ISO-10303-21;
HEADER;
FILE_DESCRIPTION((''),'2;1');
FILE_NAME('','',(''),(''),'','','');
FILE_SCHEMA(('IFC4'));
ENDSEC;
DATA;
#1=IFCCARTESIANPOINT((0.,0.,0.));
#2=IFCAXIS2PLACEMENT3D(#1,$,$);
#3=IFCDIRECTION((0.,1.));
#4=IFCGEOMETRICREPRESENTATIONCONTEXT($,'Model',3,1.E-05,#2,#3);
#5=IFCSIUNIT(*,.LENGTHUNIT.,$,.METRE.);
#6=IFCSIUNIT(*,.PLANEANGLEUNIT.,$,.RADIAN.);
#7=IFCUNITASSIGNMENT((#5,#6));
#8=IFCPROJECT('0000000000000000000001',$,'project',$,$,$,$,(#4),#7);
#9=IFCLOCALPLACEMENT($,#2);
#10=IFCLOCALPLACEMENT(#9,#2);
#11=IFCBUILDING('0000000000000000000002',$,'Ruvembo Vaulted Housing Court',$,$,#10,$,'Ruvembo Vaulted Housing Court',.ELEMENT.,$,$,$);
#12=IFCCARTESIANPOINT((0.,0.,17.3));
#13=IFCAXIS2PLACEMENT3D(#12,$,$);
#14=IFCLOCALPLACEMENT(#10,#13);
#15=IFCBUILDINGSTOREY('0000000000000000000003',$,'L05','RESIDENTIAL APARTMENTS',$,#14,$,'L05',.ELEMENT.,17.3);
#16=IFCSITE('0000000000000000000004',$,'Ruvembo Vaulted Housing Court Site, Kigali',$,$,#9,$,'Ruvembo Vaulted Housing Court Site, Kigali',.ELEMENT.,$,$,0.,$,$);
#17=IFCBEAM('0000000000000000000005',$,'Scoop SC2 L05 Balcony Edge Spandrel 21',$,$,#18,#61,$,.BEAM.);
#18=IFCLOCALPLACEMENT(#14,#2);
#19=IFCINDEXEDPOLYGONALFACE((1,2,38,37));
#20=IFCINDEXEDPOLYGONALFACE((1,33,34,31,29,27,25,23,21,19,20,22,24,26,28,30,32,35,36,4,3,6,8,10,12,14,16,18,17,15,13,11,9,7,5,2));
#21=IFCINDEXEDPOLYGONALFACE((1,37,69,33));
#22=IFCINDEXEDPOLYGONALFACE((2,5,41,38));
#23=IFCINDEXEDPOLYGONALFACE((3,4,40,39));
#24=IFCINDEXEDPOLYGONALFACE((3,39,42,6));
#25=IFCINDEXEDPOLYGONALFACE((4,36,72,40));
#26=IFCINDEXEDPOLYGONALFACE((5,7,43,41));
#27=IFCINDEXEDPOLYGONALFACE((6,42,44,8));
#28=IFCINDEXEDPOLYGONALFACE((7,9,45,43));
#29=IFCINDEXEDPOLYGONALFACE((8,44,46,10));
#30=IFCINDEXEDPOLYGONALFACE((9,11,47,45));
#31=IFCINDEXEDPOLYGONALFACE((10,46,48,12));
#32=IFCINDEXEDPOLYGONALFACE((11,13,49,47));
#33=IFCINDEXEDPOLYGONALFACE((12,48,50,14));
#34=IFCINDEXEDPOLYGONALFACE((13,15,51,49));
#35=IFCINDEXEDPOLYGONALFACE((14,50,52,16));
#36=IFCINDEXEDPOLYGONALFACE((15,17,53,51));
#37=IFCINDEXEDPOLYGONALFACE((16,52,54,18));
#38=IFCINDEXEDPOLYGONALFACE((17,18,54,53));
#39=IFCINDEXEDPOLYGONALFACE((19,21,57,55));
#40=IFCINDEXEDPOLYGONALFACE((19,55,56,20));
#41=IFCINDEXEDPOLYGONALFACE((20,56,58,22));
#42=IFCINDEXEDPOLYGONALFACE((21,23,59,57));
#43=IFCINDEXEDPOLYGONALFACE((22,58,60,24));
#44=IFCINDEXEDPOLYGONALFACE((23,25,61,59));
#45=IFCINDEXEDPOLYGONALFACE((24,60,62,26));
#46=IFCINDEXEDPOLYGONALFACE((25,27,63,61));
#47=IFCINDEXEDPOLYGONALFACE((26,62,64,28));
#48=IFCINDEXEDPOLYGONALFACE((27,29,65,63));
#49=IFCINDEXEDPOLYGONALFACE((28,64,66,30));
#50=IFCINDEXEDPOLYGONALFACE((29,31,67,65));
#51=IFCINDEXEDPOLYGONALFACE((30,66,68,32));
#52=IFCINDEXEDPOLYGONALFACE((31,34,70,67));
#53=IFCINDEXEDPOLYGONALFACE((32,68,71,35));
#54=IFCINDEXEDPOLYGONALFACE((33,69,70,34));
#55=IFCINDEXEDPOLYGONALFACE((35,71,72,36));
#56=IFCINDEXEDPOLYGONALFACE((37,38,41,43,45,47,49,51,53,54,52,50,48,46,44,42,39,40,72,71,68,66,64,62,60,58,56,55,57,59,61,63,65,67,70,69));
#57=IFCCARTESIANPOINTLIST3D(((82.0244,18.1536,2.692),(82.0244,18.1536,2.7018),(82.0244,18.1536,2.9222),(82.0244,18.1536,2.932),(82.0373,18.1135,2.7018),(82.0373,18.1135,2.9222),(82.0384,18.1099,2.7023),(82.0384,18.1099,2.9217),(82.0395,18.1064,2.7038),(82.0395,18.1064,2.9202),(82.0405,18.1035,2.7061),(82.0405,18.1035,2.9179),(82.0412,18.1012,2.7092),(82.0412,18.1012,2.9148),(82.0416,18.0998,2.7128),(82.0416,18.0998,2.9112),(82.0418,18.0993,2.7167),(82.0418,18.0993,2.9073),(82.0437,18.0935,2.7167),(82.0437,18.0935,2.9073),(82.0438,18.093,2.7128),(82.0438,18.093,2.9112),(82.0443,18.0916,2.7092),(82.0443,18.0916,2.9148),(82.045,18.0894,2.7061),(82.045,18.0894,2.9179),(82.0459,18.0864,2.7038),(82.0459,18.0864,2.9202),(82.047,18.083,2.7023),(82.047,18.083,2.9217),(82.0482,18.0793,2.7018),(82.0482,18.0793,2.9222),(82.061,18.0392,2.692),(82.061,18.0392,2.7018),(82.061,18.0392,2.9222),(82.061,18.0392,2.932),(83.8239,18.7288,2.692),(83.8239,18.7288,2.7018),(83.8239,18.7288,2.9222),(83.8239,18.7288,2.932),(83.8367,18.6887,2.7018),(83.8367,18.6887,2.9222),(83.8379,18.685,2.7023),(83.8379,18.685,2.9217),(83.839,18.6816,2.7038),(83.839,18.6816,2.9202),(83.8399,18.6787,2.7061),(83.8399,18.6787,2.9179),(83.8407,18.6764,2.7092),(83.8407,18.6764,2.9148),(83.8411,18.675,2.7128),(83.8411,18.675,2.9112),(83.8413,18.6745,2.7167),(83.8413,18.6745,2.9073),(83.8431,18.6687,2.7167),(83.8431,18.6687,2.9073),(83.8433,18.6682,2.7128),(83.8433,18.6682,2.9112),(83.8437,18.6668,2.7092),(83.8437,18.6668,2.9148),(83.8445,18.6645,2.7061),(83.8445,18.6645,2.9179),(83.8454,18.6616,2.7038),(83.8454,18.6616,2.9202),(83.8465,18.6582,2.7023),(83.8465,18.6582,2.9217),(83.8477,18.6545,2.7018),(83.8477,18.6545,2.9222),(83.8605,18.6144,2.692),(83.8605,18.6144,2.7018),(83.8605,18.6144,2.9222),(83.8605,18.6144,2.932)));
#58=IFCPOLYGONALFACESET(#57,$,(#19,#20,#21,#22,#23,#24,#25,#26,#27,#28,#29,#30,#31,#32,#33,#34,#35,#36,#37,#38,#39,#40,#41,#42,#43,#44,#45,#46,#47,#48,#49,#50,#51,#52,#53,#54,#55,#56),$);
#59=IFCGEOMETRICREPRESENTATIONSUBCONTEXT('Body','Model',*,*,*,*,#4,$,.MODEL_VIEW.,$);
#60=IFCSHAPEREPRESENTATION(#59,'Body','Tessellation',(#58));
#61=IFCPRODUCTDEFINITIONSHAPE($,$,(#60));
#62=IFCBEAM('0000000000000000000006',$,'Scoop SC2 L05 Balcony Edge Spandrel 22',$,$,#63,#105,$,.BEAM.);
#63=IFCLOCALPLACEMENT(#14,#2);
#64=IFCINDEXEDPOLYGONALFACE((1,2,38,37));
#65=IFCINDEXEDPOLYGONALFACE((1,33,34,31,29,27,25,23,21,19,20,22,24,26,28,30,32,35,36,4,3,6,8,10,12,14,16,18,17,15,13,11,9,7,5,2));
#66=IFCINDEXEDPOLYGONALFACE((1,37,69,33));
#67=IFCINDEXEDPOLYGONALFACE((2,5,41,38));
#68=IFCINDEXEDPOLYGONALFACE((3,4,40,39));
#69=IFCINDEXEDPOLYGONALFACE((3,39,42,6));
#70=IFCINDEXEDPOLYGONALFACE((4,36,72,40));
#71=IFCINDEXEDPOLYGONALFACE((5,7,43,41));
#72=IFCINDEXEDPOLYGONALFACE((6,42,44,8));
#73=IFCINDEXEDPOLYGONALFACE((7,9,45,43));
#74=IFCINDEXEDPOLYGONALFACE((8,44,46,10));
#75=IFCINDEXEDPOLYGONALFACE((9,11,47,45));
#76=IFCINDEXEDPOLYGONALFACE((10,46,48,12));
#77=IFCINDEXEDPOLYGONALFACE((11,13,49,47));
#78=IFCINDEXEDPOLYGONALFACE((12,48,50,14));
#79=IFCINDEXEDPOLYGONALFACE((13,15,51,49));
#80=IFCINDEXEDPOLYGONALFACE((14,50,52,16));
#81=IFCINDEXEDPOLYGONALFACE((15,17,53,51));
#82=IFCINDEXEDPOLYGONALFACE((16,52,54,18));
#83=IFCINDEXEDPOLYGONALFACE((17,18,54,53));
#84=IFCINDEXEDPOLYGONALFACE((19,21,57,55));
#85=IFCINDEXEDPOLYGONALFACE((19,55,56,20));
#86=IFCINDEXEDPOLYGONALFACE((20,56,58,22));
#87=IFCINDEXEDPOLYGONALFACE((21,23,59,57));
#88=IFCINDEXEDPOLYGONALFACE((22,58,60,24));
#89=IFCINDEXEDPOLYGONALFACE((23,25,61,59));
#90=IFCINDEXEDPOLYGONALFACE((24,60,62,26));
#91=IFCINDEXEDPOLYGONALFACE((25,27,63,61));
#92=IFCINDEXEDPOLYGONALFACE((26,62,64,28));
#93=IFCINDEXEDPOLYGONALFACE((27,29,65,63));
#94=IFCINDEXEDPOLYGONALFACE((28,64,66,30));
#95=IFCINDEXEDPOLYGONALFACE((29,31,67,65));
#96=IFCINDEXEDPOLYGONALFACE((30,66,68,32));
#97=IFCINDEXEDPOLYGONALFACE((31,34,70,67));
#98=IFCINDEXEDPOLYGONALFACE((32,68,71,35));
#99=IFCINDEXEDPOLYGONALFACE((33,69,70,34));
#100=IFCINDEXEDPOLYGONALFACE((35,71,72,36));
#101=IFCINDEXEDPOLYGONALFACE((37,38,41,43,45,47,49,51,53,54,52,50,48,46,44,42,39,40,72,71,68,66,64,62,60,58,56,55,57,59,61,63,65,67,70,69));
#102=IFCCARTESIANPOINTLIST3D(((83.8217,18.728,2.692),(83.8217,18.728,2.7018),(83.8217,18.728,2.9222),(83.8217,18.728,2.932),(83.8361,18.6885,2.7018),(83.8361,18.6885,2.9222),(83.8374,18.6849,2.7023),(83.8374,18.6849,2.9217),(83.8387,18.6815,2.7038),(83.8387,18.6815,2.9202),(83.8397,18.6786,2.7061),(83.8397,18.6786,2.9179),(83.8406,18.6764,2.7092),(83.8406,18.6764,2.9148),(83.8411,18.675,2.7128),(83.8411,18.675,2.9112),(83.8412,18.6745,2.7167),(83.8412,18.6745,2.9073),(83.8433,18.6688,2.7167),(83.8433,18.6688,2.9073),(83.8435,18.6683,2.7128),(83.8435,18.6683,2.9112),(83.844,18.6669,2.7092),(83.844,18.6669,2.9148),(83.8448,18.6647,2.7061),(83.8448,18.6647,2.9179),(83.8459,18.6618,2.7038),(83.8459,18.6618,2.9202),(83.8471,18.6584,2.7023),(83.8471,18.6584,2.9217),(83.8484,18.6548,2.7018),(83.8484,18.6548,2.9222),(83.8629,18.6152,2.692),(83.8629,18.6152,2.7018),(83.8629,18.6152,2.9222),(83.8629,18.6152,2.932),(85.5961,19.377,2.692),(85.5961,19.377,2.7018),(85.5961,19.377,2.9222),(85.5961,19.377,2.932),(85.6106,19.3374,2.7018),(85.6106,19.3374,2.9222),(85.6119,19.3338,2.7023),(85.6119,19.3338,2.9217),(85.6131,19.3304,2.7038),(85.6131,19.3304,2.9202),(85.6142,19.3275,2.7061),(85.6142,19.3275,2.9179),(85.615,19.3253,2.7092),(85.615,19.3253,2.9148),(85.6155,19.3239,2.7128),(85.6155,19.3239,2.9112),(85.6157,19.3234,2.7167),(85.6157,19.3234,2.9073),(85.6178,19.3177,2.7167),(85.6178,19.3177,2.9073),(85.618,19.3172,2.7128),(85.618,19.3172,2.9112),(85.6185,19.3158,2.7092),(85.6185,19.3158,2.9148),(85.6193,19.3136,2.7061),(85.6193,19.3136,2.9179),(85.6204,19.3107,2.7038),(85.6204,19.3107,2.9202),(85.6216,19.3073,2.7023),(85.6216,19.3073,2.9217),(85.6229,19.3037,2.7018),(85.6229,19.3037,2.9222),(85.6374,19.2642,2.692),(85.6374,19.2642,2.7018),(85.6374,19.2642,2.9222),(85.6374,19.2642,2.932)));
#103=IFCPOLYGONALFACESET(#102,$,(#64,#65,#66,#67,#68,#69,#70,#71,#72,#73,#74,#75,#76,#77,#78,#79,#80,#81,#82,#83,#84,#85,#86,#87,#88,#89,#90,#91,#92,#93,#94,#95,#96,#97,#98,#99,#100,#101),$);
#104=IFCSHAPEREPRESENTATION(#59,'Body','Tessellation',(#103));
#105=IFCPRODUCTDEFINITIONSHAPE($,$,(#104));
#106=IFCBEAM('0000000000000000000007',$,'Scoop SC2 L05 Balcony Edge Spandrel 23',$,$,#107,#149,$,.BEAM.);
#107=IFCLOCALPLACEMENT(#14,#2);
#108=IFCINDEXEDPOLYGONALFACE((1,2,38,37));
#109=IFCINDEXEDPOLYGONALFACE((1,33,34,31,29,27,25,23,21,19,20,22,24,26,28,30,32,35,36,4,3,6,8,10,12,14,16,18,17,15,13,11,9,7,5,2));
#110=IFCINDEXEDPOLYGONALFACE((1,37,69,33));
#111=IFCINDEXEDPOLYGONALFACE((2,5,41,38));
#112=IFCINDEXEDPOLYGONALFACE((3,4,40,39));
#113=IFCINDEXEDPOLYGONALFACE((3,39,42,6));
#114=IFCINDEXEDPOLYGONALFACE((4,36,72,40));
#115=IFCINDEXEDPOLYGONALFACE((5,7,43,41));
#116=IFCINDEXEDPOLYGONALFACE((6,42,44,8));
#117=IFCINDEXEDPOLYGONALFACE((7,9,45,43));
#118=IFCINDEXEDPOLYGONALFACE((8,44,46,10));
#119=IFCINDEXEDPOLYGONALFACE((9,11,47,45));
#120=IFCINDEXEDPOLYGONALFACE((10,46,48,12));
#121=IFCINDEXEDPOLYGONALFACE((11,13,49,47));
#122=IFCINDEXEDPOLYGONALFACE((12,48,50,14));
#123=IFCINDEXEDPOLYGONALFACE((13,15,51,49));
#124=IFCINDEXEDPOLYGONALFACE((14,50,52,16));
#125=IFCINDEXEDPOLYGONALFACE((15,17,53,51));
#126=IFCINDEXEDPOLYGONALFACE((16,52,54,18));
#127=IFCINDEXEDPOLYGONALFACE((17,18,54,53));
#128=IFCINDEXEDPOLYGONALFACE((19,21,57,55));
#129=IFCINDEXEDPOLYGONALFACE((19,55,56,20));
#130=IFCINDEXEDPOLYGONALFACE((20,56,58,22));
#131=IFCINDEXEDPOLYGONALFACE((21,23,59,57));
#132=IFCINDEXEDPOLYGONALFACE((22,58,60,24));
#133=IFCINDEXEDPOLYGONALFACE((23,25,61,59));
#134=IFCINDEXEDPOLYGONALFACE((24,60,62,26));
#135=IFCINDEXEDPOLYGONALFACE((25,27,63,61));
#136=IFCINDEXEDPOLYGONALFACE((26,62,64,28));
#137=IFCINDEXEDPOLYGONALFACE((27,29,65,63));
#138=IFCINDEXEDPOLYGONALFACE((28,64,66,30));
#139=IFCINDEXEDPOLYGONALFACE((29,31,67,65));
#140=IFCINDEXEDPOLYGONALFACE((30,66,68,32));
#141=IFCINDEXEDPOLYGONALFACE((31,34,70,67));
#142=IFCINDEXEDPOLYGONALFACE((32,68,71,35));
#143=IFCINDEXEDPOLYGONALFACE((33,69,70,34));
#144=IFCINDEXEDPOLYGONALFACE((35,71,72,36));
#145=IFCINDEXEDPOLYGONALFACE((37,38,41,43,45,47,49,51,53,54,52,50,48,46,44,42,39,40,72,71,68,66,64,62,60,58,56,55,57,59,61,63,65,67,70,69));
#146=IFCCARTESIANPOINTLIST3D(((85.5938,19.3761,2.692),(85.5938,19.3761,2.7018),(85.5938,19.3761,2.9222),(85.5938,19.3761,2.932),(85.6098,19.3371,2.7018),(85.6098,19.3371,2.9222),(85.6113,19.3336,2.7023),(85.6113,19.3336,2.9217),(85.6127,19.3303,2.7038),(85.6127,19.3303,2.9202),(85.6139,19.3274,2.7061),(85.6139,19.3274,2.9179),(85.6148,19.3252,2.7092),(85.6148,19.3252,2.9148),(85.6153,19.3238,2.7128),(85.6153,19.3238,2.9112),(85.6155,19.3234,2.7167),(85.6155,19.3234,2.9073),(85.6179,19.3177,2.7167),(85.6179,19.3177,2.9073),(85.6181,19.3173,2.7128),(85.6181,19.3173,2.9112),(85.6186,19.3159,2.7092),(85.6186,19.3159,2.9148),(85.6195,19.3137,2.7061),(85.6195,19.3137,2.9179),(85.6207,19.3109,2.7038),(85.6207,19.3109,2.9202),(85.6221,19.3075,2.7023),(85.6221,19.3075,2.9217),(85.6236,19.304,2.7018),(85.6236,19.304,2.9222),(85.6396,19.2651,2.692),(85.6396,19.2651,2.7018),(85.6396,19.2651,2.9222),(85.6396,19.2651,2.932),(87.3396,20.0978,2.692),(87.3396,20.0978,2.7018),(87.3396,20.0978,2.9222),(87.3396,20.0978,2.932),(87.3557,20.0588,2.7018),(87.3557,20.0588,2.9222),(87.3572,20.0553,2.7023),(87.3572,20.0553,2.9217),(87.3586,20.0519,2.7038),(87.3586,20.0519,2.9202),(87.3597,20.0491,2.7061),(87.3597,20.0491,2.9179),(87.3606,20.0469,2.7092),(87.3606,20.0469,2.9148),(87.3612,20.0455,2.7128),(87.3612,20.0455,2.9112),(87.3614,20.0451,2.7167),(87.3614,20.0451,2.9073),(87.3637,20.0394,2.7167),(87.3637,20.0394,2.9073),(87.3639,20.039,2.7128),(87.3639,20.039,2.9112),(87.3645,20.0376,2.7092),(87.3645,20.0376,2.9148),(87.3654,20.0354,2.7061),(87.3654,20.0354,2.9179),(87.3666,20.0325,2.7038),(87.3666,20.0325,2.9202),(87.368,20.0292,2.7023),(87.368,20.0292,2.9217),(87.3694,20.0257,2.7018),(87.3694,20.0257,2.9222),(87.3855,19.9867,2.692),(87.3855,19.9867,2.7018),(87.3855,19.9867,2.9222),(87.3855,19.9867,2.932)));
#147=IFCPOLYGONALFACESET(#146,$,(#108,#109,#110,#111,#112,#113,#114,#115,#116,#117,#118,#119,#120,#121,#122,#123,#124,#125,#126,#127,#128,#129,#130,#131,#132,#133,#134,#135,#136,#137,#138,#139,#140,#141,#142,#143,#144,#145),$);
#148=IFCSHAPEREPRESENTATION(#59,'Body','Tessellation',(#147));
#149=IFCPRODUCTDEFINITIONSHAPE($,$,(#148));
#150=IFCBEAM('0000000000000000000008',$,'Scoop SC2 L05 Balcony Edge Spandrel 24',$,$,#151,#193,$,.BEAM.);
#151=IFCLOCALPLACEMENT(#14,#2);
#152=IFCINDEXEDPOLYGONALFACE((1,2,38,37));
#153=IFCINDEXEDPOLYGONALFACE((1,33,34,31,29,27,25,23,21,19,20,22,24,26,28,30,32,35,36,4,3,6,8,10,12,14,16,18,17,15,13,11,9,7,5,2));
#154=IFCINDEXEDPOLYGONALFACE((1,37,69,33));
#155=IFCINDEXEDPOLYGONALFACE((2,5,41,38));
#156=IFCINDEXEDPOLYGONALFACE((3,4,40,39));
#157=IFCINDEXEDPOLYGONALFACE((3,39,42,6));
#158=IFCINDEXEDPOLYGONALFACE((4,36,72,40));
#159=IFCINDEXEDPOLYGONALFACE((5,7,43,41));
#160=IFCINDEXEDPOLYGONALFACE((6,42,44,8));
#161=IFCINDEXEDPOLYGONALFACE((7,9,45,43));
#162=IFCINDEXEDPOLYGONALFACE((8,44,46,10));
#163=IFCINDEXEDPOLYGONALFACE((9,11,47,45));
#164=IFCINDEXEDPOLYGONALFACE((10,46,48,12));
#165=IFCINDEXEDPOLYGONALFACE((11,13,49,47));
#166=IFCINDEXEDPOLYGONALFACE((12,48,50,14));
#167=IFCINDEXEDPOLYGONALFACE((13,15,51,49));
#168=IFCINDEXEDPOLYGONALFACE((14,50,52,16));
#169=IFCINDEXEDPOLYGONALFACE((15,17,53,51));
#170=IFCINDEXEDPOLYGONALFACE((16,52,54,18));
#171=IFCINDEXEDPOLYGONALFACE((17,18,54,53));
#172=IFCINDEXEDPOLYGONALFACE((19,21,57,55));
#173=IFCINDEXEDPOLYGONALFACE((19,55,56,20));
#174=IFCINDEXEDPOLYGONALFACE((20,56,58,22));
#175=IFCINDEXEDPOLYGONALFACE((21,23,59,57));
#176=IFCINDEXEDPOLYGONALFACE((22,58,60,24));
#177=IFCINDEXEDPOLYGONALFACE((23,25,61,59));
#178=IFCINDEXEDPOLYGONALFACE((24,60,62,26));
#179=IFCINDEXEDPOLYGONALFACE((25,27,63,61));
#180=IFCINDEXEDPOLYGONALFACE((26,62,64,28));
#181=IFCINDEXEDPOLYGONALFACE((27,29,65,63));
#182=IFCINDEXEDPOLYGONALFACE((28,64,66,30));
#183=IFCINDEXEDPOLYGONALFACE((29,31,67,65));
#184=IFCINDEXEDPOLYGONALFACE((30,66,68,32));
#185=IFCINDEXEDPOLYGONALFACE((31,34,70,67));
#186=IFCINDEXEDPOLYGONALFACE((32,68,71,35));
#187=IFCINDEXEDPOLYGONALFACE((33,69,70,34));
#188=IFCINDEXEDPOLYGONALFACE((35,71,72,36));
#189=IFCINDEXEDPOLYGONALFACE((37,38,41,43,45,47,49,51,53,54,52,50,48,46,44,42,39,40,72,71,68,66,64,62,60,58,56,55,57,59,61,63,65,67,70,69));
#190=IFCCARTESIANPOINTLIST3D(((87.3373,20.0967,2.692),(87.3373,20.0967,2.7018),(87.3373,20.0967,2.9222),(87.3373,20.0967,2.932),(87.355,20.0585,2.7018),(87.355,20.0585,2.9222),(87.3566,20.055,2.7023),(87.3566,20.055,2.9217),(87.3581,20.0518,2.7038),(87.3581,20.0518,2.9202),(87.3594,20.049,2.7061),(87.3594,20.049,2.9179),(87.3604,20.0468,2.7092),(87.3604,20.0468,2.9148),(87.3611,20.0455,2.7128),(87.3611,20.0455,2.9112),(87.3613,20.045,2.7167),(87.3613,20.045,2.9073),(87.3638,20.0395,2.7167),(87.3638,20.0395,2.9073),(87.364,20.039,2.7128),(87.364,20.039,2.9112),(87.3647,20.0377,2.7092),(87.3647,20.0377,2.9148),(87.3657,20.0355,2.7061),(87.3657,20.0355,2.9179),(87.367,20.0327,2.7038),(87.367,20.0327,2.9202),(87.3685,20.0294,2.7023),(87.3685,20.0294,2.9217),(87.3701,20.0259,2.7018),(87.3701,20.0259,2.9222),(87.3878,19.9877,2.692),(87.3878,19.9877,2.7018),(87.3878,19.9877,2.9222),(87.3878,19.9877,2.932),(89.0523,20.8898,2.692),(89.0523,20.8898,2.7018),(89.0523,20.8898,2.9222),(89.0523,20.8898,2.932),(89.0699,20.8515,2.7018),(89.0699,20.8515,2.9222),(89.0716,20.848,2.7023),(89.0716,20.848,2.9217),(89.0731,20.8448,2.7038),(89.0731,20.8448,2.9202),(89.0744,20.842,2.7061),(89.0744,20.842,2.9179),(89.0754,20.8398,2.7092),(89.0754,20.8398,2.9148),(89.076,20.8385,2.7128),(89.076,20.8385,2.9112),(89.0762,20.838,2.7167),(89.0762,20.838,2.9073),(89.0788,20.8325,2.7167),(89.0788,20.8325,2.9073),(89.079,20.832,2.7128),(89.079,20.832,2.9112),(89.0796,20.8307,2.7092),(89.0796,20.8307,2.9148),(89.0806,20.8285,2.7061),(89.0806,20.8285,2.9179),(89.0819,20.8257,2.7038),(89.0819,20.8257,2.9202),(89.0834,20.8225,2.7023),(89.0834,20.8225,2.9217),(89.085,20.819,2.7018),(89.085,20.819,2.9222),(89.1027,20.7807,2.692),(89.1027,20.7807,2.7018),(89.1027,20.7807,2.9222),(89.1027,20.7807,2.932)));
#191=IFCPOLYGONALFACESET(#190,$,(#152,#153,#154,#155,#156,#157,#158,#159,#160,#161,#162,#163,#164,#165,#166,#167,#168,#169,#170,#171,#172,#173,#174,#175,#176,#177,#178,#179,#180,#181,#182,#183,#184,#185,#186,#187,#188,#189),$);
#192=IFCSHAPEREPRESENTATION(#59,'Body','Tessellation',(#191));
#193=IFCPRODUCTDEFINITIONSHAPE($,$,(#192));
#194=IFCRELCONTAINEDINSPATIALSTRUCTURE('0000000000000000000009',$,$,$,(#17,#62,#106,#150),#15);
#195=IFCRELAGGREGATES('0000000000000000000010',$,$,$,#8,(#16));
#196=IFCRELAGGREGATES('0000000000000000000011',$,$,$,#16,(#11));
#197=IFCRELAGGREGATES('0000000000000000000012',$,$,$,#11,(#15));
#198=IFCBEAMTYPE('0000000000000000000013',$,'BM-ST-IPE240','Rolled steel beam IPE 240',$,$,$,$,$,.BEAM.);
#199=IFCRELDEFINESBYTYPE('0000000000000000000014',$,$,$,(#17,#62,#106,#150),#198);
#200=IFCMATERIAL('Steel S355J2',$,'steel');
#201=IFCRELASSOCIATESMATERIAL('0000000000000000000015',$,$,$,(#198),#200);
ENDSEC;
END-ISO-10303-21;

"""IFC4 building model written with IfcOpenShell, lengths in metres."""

from ifc_helpers import new_model, si_unit, direction, frame, origin, origin_2d, place, context, subcontext, project, spatial, i_section, extrude, material, material_profile, profile_set, type_object, element, save


model = new_model("IFC4")

# Units and contexts
model_context = context("Model", 3, precision=1e-05, world=origin(), true_north=direction((0.0, 1.0)))
body_context = subcontext(model_context, "Body", "Model", "MODEL_VIEW")
ifc_project = project(units=[si_unit("LENGTHUNIT", "METRE"), si_unit("PLANEANGLEUNIT", "RADIAN")], contexts=[model_context])

# Site, building, storey
site_placement = place(None, origin())
site = spatial("IfcSite", under=ifc_project, at=site_placement, Name="Ruvembo Vaulted Housing Court Site, Kigali", LongName="Ruvembo Vaulted Housing Court Site, Kigali", CompositionType="ELEMENT", RefElevation=0.0)
building_placement = place(site_placement, origin())
building = spatial("IfcBuilding", under=site, at=building_placement, Name="Ruvembo Vaulted Housing Court", LongName="Ruvembo Vaulted Housing Court", CompositionType="ELEMENT")
storey_placement = place(building_placement, frame((0.0, 0.0, 17.3)))
storey = spatial("IfcBuildingStorey", under=building, at=storey_placement, Name="L05", Description="RESIDENTIAL APARTMENTS", LongName="L05", CompositionType="ELEMENT", Elevation=17.3)

# Beams
ifc_material_1 = material(Name="Steel S355J2", Category="steel")
ifc_material_profile_1 = material_profile(ifc_material_1, i_section(OverallWidth=0.1201, OverallDepth=0.24, WebThickness=0.0061, FlangeThickness=0.0098, FilletRadius=0.0149, at=origin_2d()), Name="IPE 240")
ifc_profile_set_1 = profile_set([ifc_material_profile_1], Name="Steel S355J2")
beam_type = type_object("IfcBeamType", Name="BM-ST-IPE240", Description="Rolled steel beam IPE 240", PredefinedType="BEAM", material=ifc_profile_set_1)
beam_1_placement = place(storey_placement, frame((82.0427, 18.0964, 2.812), z_axis=(0.952526, 0.304457, 0.0), x_axis=(-0.304457, 0.952526, 0.0)))
element("IfcBeam", 1, at=beam_1_placement, inside=storey, type_object=beam_type, Name="Scoop SC2 L05 Balcony Edge Spandrel 21", PredefinedType="BEAM", context=body_context, shape_type="SweptSolid", body=[
    extrude(i_section(OverallWidth=0.1201, OverallDepth=0.24, WebThickness=0.0061, FlangeThickness=0.0098, FilletRadius=0.0149, at=origin_2d()), origin(), (0.0, 0.0, 1.0), 1.8892),
])
beam_2_placement = place(storey_placement, frame((83.8423, 18.6716, 2.812), z_axis=(0.939166, 0.343465, 0.0), x_axis=(-0.343465, 0.939166, 0.0)))
element("IfcBeam", 2, at=beam_2_placement, inside=storey, type_object=beam_type, Name="Scoop SC2 L05 Balcony Edge Spandrel 22", PredefinedType="BEAM", context=body_context, shape_type="SweptSolid", body=[
    extrude(i_section(OverallWidth=0.1201, OverallDepth=0.24, WebThickness=0.0061, FlangeThickness=0.0098, FilletRadius=0.0149, at=origin_2d()), origin(), (0.0, 0.0, 1.0), 1.8894),
])
beam_3_placement = place(storey_placement, frame((85.6167, 19.3206, 2.812), z_axis=(0.924155, 0.382017, 0.0), x_axis=(-0.382017, 0.924155, 0.0)))
element("IfcBeam", 3, at=beam_3_placement, inside=storey, type_object=beam_type, Name="Scoop SC2 L05 Balcony Edge Spandrel 23", PredefinedType="BEAM", context=body_context, shape_type="SweptSolid", body=[
    extrude(i_section(OverallWidth=0.1201, OverallDepth=0.24, WebThickness=0.0061, FlangeThickness=0.0098, FilletRadius=0.0149, at=origin_2d()), origin(), (0.0, 0.0, 1.0), 1.8892),
])
beam_4_placement = place(storey_placement, frame((87.3625, 20.0422, 2.812), z_axis=(0.907657, 0.419714, 0.0), x_axis=(-0.419714, 0.907657, 0.0)))
element("IfcBeam", 4, at=beam_4_placement, inside=storey, type_object=beam_type, Name="Scoop SC2 L05 Balcony Edge Spandrel 24", PredefinedType="BEAM", context=body_context, shape_type="SweptSolid", body=[
    extrude(i_section(OverallWidth=0.1201, OverallDepth=0.24, WebThickness=0.0061, FlangeThickness=0.0098, FilletRadius=0.0149, at=origin_2d()), origin(), (0.0, 0.0, 1.0), 1.8894),
])

save(model, "model.ifc")
